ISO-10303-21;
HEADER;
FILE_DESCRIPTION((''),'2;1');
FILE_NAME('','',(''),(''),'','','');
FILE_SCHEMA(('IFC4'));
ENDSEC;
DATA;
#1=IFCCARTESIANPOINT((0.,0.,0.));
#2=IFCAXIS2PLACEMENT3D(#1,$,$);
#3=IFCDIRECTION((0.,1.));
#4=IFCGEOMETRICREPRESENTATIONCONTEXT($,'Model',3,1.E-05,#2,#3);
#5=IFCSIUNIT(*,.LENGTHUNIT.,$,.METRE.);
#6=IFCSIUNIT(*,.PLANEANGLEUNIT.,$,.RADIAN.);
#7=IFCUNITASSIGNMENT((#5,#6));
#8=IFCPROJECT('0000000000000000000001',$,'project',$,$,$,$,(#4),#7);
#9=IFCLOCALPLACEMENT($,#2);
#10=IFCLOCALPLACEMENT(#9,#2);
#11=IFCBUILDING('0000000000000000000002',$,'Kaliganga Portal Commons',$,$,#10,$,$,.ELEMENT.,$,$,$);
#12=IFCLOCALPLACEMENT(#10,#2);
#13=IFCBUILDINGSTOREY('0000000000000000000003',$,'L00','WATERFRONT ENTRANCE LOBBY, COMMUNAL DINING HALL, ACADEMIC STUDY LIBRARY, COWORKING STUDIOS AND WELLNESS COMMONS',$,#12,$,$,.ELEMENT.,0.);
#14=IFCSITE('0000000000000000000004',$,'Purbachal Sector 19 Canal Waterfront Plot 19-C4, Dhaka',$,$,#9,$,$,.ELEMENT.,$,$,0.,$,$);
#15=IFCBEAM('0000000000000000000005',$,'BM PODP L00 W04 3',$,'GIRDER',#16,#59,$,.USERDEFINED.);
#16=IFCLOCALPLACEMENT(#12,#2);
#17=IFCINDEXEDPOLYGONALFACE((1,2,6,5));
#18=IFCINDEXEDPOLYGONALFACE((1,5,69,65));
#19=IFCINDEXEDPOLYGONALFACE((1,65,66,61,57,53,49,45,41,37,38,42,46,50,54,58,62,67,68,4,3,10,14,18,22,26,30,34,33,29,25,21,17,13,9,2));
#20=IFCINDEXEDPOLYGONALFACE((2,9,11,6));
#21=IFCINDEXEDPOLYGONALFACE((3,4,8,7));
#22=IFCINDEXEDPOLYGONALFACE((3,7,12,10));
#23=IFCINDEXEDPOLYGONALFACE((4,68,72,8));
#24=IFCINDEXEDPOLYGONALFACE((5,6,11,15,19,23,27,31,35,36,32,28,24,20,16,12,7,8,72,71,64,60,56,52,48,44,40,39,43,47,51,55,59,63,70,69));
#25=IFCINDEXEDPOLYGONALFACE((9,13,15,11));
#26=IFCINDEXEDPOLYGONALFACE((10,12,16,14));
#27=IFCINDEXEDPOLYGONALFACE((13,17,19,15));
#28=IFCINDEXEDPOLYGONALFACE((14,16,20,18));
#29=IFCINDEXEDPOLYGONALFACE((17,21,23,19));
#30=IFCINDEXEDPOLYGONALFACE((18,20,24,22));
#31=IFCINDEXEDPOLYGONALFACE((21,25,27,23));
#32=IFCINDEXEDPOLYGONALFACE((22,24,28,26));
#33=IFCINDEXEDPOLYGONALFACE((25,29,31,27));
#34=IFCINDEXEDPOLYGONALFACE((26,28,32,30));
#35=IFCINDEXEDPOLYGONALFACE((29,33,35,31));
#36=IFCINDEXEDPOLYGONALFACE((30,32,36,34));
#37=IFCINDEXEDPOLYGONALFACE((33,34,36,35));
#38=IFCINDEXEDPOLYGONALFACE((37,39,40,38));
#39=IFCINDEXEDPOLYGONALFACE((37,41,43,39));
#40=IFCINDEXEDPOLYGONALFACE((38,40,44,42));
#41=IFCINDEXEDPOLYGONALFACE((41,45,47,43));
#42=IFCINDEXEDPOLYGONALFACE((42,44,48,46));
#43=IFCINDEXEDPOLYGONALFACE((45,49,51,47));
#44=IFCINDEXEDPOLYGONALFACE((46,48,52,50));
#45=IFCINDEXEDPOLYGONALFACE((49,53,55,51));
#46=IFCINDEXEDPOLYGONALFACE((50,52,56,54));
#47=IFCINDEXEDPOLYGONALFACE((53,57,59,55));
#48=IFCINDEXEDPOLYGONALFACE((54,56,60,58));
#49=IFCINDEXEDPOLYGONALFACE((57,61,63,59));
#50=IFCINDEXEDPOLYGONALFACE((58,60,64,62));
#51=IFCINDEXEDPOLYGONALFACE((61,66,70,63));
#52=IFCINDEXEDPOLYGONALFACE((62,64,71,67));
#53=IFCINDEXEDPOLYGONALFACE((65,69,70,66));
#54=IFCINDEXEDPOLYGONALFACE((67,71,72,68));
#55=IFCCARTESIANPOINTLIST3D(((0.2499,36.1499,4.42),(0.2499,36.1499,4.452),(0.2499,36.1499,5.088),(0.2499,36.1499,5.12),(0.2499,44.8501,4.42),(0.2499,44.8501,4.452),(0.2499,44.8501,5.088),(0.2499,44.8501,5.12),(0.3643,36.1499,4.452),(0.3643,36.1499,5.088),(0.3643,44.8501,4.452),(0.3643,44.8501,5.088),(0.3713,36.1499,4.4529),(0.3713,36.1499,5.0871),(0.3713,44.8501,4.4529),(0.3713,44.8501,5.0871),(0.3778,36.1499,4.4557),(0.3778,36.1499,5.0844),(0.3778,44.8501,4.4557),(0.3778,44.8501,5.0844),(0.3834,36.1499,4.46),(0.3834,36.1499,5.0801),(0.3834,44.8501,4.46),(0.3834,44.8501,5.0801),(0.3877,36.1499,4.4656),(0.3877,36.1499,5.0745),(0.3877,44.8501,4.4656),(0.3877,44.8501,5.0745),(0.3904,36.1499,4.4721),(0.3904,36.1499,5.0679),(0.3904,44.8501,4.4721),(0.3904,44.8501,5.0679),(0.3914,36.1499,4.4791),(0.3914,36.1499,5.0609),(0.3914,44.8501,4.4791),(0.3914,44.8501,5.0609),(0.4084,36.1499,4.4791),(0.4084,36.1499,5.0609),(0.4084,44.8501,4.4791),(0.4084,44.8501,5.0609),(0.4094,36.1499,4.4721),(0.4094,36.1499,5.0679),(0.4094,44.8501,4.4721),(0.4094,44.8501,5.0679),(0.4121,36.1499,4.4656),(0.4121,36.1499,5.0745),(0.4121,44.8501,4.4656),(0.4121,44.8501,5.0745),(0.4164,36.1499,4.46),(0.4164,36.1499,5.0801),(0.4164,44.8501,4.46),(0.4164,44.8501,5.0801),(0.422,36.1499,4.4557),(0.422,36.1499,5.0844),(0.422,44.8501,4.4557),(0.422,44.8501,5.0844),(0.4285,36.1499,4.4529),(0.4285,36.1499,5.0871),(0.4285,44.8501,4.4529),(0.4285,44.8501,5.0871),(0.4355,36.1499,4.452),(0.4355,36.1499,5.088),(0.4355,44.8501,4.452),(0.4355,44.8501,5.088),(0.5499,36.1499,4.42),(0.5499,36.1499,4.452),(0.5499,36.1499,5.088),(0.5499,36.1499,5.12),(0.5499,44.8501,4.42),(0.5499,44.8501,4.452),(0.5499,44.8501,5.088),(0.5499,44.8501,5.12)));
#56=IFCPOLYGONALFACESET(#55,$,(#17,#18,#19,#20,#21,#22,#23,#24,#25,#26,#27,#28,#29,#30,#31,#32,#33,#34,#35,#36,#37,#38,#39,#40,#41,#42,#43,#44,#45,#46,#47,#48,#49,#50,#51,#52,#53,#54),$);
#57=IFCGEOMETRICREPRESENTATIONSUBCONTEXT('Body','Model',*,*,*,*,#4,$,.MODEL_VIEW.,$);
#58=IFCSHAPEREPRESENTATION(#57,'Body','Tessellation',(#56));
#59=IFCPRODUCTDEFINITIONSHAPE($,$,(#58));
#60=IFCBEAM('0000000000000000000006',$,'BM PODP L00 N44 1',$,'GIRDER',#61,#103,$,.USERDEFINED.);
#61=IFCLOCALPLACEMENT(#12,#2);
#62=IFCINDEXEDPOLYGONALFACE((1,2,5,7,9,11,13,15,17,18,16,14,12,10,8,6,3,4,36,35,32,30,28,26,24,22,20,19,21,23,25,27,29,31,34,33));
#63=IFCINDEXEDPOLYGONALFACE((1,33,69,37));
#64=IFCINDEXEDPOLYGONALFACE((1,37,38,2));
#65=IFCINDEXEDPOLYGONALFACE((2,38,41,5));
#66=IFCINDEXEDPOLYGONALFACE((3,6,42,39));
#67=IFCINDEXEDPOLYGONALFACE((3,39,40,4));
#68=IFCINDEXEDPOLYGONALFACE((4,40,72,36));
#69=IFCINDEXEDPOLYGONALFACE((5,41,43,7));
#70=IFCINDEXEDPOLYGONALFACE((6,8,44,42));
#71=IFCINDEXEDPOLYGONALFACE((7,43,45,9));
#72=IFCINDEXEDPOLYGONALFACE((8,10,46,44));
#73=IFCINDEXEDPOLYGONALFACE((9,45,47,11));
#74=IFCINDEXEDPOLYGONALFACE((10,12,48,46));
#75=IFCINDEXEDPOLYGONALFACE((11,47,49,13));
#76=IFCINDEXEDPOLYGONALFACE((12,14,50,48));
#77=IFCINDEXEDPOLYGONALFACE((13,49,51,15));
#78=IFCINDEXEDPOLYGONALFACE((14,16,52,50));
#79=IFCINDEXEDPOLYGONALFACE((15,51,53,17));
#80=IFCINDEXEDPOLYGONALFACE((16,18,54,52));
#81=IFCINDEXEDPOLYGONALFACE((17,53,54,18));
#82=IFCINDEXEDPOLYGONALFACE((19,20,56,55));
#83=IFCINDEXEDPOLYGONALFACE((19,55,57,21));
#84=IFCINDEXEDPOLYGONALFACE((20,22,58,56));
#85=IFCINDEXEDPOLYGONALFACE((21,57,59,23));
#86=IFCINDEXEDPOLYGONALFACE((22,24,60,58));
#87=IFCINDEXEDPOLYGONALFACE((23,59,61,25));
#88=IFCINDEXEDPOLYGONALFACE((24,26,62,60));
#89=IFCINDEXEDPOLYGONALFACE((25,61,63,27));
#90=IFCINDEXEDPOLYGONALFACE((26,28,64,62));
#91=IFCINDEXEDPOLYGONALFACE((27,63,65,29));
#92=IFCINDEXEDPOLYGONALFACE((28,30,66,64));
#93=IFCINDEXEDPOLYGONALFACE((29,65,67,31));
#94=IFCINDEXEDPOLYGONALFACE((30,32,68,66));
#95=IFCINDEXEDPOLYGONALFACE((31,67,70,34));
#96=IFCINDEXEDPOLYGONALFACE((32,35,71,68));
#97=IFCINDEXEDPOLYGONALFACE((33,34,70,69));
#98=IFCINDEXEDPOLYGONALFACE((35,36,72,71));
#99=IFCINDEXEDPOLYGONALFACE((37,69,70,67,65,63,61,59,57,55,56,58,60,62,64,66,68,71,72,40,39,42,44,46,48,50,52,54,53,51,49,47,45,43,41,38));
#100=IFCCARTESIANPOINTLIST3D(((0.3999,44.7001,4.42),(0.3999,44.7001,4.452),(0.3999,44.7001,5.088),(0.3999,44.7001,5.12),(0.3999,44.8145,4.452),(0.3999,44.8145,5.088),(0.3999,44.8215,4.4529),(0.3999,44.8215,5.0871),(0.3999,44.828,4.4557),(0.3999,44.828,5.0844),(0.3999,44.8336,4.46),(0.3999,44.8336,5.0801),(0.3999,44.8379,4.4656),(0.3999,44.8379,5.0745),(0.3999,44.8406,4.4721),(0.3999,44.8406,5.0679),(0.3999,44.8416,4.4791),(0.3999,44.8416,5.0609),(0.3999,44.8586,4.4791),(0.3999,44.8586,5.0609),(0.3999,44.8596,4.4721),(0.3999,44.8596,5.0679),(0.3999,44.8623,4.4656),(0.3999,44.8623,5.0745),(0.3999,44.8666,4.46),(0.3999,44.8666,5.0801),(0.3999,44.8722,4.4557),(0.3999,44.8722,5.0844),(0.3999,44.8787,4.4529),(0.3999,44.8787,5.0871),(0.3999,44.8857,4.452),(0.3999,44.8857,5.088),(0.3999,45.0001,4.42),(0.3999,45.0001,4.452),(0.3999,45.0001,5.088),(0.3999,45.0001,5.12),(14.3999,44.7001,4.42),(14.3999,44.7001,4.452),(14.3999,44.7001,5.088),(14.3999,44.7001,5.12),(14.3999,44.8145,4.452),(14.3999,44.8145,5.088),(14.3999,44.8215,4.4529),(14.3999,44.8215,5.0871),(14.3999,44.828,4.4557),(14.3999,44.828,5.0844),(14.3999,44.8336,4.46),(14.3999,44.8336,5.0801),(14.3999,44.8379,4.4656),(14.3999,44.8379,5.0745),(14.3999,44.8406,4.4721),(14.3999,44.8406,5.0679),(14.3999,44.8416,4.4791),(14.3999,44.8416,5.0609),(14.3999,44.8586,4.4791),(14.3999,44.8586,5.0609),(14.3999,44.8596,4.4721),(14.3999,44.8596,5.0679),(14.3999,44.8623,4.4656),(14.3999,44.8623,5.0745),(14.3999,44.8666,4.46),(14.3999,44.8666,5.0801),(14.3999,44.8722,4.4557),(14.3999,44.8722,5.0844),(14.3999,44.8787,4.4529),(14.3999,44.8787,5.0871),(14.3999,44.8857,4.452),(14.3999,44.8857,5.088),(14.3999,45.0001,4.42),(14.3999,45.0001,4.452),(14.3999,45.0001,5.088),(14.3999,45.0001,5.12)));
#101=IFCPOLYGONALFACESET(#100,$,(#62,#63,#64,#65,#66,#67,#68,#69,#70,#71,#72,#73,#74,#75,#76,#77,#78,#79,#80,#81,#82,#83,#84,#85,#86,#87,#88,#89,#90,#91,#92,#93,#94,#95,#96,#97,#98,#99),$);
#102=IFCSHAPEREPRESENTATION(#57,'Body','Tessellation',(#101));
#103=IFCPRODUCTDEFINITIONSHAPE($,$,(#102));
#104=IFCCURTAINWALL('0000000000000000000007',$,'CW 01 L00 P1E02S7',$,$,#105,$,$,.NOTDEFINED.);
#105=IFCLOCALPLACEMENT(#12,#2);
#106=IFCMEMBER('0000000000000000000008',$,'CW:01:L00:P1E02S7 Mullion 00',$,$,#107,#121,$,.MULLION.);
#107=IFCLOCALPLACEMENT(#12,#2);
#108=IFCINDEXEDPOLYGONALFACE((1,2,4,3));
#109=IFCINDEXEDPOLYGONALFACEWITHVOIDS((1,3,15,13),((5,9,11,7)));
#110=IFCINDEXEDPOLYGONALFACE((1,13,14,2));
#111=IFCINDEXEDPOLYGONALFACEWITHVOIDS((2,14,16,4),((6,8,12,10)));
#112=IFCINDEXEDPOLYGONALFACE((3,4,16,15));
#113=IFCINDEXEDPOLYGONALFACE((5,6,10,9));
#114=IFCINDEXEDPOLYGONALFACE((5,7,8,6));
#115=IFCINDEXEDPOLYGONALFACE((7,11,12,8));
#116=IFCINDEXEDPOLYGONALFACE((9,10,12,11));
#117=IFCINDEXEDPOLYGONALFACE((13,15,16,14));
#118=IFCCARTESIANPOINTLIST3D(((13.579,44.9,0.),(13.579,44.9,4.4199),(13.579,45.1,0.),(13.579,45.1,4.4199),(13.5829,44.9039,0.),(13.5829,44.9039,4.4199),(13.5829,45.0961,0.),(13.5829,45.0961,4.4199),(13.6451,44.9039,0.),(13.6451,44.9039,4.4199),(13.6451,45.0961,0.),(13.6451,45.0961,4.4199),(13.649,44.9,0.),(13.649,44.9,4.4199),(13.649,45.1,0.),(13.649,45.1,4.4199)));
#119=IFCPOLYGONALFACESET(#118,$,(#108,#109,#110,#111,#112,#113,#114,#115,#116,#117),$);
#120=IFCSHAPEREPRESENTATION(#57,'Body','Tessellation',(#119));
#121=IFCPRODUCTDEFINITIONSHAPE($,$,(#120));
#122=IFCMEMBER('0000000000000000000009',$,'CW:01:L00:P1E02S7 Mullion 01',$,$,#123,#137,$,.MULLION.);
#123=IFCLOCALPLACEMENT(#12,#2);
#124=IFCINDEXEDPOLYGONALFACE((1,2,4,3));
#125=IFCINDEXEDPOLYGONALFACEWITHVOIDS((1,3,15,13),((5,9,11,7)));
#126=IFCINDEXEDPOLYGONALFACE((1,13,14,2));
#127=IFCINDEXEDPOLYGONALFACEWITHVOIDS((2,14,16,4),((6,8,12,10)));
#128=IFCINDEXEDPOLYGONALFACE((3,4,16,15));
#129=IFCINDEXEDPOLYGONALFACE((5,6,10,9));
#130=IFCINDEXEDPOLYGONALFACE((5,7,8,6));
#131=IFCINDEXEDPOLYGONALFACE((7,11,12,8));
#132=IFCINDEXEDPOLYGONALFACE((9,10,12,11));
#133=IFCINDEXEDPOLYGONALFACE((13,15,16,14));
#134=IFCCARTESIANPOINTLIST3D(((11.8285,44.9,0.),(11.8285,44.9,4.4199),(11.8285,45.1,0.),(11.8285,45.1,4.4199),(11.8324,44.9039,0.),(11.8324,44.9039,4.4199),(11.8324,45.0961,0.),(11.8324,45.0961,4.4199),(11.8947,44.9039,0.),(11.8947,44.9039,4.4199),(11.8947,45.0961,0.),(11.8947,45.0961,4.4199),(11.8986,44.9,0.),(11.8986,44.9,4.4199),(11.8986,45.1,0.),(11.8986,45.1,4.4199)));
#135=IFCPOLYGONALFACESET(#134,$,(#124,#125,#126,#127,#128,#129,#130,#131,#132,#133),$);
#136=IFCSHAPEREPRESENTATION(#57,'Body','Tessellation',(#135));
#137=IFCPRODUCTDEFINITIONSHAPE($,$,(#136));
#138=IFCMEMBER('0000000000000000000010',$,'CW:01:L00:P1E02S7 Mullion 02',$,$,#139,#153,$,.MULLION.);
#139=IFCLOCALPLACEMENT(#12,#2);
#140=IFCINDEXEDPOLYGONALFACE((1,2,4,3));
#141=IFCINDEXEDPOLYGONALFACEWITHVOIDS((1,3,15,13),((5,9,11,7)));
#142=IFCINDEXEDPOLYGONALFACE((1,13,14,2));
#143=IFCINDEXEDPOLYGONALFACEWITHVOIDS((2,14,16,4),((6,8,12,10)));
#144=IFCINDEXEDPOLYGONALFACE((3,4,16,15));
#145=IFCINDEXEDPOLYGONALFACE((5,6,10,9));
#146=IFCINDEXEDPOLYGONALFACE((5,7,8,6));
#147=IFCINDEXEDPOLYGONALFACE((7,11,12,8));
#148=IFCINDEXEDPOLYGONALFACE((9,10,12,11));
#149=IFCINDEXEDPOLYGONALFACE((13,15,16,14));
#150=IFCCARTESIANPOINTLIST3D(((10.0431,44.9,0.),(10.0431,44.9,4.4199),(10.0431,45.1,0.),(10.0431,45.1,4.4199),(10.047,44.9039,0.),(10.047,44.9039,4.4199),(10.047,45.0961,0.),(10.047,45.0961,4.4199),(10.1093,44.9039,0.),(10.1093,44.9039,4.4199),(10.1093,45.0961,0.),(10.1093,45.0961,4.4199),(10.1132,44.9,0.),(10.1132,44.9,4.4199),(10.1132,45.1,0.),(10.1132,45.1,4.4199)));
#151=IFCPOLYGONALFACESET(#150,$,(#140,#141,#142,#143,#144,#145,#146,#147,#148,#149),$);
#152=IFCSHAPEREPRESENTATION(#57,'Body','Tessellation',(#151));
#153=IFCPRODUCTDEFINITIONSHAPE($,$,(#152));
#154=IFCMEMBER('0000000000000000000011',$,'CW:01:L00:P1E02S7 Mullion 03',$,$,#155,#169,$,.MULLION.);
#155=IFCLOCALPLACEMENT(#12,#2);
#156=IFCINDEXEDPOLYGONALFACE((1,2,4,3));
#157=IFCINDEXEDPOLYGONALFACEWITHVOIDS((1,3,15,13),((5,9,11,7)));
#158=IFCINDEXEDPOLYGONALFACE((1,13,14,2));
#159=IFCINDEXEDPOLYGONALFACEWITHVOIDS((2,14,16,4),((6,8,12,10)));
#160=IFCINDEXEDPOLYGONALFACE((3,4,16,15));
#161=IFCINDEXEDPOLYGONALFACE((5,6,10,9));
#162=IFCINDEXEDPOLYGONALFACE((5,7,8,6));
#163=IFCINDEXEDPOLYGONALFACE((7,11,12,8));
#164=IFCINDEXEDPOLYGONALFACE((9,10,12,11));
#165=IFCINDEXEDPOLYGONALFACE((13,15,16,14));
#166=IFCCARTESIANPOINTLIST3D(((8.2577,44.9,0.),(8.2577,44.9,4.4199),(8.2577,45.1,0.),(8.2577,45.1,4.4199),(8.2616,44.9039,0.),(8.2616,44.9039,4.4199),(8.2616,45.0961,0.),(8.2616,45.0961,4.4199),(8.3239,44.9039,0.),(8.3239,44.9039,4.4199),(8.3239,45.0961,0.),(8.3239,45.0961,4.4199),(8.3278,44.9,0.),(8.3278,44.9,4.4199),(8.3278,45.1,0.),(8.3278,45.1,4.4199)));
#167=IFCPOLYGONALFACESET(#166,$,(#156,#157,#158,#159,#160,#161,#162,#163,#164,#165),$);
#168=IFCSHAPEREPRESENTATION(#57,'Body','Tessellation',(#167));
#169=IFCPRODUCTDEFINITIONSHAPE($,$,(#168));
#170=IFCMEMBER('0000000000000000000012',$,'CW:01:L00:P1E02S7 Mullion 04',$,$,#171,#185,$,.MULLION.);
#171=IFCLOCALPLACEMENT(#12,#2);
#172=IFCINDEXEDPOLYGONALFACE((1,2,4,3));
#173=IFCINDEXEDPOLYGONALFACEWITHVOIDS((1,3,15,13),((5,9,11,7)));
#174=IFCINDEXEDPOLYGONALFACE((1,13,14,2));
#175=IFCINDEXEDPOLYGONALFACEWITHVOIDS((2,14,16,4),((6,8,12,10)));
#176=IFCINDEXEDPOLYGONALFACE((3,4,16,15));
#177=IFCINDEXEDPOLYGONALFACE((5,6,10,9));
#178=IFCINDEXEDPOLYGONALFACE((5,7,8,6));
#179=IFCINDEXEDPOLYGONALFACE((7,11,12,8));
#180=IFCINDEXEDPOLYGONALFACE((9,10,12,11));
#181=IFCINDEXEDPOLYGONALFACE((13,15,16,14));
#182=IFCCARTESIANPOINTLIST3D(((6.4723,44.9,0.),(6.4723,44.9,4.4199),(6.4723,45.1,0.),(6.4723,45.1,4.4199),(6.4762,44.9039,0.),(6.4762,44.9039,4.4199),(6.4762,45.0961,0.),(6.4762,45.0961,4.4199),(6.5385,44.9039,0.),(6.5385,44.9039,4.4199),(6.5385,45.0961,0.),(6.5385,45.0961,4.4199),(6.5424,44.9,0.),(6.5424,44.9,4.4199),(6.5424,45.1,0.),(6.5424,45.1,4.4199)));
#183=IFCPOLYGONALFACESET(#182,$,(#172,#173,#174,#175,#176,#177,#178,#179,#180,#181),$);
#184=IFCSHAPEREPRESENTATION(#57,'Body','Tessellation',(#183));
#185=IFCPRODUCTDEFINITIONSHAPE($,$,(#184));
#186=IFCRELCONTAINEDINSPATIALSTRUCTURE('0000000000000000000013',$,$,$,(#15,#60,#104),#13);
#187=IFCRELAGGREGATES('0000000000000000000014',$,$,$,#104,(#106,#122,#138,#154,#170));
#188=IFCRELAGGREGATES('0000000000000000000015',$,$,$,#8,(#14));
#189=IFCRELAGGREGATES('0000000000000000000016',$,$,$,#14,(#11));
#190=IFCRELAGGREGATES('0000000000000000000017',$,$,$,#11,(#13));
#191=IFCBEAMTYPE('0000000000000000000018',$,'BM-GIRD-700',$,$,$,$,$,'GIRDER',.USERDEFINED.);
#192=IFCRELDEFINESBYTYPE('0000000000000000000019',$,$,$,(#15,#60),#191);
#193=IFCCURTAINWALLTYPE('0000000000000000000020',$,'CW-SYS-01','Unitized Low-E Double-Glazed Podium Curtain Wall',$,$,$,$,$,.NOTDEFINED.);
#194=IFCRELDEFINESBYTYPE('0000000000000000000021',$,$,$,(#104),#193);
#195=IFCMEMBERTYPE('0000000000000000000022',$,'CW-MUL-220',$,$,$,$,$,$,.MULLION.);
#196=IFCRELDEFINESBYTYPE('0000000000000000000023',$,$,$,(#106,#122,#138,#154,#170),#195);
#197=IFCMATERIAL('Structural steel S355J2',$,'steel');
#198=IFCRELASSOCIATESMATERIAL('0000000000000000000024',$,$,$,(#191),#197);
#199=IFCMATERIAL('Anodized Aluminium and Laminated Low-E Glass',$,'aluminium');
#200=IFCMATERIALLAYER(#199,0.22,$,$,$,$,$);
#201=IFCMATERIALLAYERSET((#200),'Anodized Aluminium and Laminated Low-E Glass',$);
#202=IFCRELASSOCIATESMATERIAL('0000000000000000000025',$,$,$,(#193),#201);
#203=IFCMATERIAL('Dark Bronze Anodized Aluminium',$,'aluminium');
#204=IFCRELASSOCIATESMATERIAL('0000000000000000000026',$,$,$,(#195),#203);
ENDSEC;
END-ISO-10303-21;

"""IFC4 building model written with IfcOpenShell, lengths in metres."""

from ifc_helpers import new_model, si_unit, direction, frame, origin, origin_2d, place, context, subcontext, project, spatial, hollow_rectangle, i_section, extrude, source, transform, mapped, material, layer, layer_set, material_profile, profile_set, type_object, element, aggregate, save


model = new_model("IFC4")

# Units and contexts
model_context = context("Model", 3, precision=1e-05, world=origin(), true_north=direction((0.0, 1.0)))
body_context = subcontext(model_context, "Body", "Model", "MODEL_VIEW")
ifc_project = project(units=[si_unit("LENGTHUNIT", "METRE"), si_unit("PLANEANGLEUNIT", "RADIAN")], contexts=[model_context])

# Site, building, storey
site_placement = place(None, origin())
site = spatial("IfcSite", under=ifc_project, at=site_placement, Name="Purbachal Sector 19 Canal Waterfront Plot 19-C4, Dhaka", CompositionType="ELEMENT", RefElevation=0.0)
building_placement = place(site_placement, origin())
building = spatial("IfcBuilding", under=site, at=building_placement, Name="Kaliganga Portal Commons", CompositionType="ELEMENT")
storey_placement = place(building_placement, origin())
storey = spatial("IfcBuildingStorey", under=building, at=storey_placement, Name="L00", Description="WATERFRONT ENTRANCE LOBBY, COMMUNAL DINING HALL, ACADEMIC STUDY LIBRARY, COWORKING STUDIOS AND WELLNESS COMMONS", CompositionType="ELEMENT", Elevation=0.0)

# Beams
ifc_material_1 = material(Name="Structural steel S355J2", Category="steel")
ifc_material_profile_1 = material_profile(ifc_material_1, i_section(OverallWidth=0.3, OverallDepth=0.7, WebThickness=0.0171, FlangeThickness=0.032, FilletRadius=0.0271, at=origin_2d()), Name="HE 700 B")
ifc_profile_set_1 = profile_set([ifc_material_profile_1], Name="Structural steel S355J2 wide-flange")
beam_type = type_object("IfcBeamType", Name="BM-GIRD-700", ElementType="GIRDER", PredefinedType="USERDEFINED", material=ifc_profile_set_1)
shared_shape_1 = source(origin(), body_context, "Body", "SweptSolid", [
    extrude(i_section(OverallWidth=0.3, OverallDepth=0.7, WebThickness=0.0171, FlangeThickness=0.032, FilletRadius=0.0271, at=origin_2d()), origin(), (0.0, 0.0, 1.0), 8.7002),
])
beam_1_placement = place(storey_placement, frame((0.3999, 36.1499, 4.77), z_axis=(0.0, 1.0, 0.0), x_axis=(-1.0, 0.0, 0.0)))
element("IfcBeam", 1, at=beam_1_placement, inside=storey, type_object=beam_type, Name="BM PODP L00 W04 3", ObjectType="GIRDER", PredefinedType="USERDEFINED", context=body_context, shape_type="MappedRepresentation", body=[
    mapped(shared_shape_1, transform((0.0, 0.0, 0.0), x_axis=(1.0, 0.0, 0.0), y_axis=(0.0, 1.0, 0.0), z_axis=(0.0, 0.0, 1.0), scale=1.0)),
])
shared_shape_2 = source(origin(), body_context, "Body", "SweptSolid", [
    extrude(i_section(OverallWidth=0.3, OverallDepth=0.7, WebThickness=0.0171, FlangeThickness=0.032, FilletRadius=0.0271, at=origin_2d()), origin(), (0.0, 0.0, 1.0), 14.0),
])
beam_2_placement = place(storey_placement, frame((0.3999, 44.8501, 4.77), z_axis=(1.0, 0.0, 0.0), x_axis=(0.0, 1.0, 0.0)))
element("IfcBeam", 2, at=beam_2_placement, inside=storey, type_object=beam_type, Name="BM PODP L00 N44 1", ObjectType="GIRDER", PredefinedType="USERDEFINED", context=body_context, shape_type="MappedRepresentation", body=[
    mapped(shared_shape_2, transform((0.0, 0.0, 0.0), x_axis=(1.0, 0.0, 0.0), y_axis=(0.0, 1.0, 0.0), z_axis=(0.0, 0.0, 1.0), scale=1.0)),
])

# Curtain wall, members
ifc_material_2 = material(Name="Anodized Aluminium and Laminated Low-E Glass", Category="aluminium")
ifc_layer_1 = layer(ifc_material_2, 0.22)
ifc_layer_set_1 = layer_set([ifc_layer_1], Name="Anodized Aluminium and Laminated Low-E Glass")
curtain_wall_type = type_object("IfcCurtainWallType", Name="CW-SYS-01", Description="Unitized Low-E Double-Glazed Podium Curtain Wall", PredefinedType="NOTDEFINED", material=ifc_layer_set_1)
curtain_wall_1_placement = place(storey_placement, origin())
curtain_wall_1 = element("IfcCurtainWall", 3, at=curtain_wall_1_placement, inside=storey, type_object=curtain_wall_type, Name="CW 01 L00 P1E02S7", PredefinedType="NOTDEFINED")
ifc_material_3 = material(Name="Dark Bronze Anodized Aluminium", Category="aluminium")
ifc_material_profile_2 = material_profile(ifc_material_3, hollow_rectangle(XDim=0.0701, YDim=0.2, WallThickness=0.0039, at=origin_2d()), Name="ALU MULL 70x200x4")
ifc_profile_set_2 = profile_set([ifc_material_profile_2], Name="Dark Bronze Anodized Aluminium")
member_type_1 = type_object("IfcMemberType", Name="CW-MUL-220", PredefinedType="MULLION", material=ifc_profile_set_2)
shared_shape_3 = source(origin(), body_context, "Body", "SweptSolid", [
    extrude(hollow_rectangle(XDim=0.0701, YDim=0.2, WallThickness=0.0039, at=origin_2d()), origin(), (0.0, 0.0, 1.0), 4.4199),
])
member_1_placement = place(storey_placement, frame((13.614, 45.0, 0.0), z_axis=(0.0, 0.0, 1.0), x_axis=(-1.0, 0.0, 0.0)))
member_1 = element("IfcMember", 4, at=member_1_placement, type_object=member_type_1, Name="CW:01:L00:P1E02S7 Mullion 00", PredefinedType="MULLION", context=body_context, shape_type="MappedRepresentation", body=[
    mapped(shared_shape_3, transform((0.0, 0.0, 0.0), x_axis=(1.0, 0.0, 0.0), y_axis=(0.0, 1.0, 0.0), z_axis=(0.0, 0.0, 1.0), scale=1.0)),
])
member_2_placement = place(storey_placement, frame((11.8635, 45.0, 0.0), z_axis=(0.0, 0.0, 1.0), x_axis=(-1.0, 0.0, 0.0)))
member_2 = element("IfcMember", 5, at=member_2_placement, type_object=member_type_1, Name="CW:01:L00:P1E02S7 Mullion 01", PredefinedType="MULLION", context=body_context, shape_type="MappedRepresentation", body=[
    mapped(shared_shape_3, transform((0.0, 0.0, 0.0), x_axis=(1.0, 0.0, 0.0), y_axis=(0.0, 1.0, 0.0), z_axis=(0.0, 0.0, 1.0), scale=1.0)),
])
member_3_placement = place(storey_placement, frame((10.0781, 45.0, 0.0), z_axis=(0.0, 0.0, 1.0), x_axis=(-1.0, 0.0, 0.0)))
member_3 = element("IfcMember", 6, at=member_3_placement, type_object=member_type_1, Name="CW:01:L00:P1E02S7 Mullion 02", PredefinedType="MULLION", context=body_context, shape_type="MappedRepresentation", body=[
    mapped(shared_shape_3, transform((0.0, 0.0, 0.0), x_axis=(1.0, 0.0, 0.0), y_axis=(0.0, 1.0, 0.0), z_axis=(0.0, 0.0, 1.0), scale=1.0)),
])
member_4_placement = place(storey_placement, frame((8.2927, 45.0, 0.0), z_axis=(0.0, 0.0, 1.0), x_axis=(-1.0, 0.0, 0.0)))
member_4 = element("IfcMember", 7, at=member_4_placement, type_object=member_type_1, Name="CW:01:L00:P1E02S7 Mullion 03", PredefinedType="MULLION", context=body_context, shape_type="MappedRepresentation", body=[
    mapped(shared_shape_3, transform((0.0, 0.0, 0.0), x_axis=(1.0, 0.0, 0.0), y_axis=(0.0, 1.0, 0.0), z_axis=(0.0, 0.0, 1.0), scale=1.0)),
])
member_5_placement = place(storey_placement, frame((6.5073, 45.0, 0.0), z_axis=(0.0, 0.0, 1.0), x_axis=(-1.0, 0.0, 0.0)))
member_5 = element("IfcMember", 8, at=member_5_placement, type_object=member_type_1, Name="CW:01:L00:P1E02S7 Mullion 04", PredefinedType="MULLION", context=body_context, shape_type="MappedRepresentation", body=[
    mapped(shared_shape_3, transform((0.0, 0.0, 0.0), x_axis=(1.0, 0.0, 0.0), y_axis=(0.0, 1.0, 0.0), z_axis=(0.0, 0.0, 1.0), scale=1.0)),
])

aggregate(curtain_wall_1, [member_1, member_2, member_3, member_4, member_5])

save(model, "model.ifc")
